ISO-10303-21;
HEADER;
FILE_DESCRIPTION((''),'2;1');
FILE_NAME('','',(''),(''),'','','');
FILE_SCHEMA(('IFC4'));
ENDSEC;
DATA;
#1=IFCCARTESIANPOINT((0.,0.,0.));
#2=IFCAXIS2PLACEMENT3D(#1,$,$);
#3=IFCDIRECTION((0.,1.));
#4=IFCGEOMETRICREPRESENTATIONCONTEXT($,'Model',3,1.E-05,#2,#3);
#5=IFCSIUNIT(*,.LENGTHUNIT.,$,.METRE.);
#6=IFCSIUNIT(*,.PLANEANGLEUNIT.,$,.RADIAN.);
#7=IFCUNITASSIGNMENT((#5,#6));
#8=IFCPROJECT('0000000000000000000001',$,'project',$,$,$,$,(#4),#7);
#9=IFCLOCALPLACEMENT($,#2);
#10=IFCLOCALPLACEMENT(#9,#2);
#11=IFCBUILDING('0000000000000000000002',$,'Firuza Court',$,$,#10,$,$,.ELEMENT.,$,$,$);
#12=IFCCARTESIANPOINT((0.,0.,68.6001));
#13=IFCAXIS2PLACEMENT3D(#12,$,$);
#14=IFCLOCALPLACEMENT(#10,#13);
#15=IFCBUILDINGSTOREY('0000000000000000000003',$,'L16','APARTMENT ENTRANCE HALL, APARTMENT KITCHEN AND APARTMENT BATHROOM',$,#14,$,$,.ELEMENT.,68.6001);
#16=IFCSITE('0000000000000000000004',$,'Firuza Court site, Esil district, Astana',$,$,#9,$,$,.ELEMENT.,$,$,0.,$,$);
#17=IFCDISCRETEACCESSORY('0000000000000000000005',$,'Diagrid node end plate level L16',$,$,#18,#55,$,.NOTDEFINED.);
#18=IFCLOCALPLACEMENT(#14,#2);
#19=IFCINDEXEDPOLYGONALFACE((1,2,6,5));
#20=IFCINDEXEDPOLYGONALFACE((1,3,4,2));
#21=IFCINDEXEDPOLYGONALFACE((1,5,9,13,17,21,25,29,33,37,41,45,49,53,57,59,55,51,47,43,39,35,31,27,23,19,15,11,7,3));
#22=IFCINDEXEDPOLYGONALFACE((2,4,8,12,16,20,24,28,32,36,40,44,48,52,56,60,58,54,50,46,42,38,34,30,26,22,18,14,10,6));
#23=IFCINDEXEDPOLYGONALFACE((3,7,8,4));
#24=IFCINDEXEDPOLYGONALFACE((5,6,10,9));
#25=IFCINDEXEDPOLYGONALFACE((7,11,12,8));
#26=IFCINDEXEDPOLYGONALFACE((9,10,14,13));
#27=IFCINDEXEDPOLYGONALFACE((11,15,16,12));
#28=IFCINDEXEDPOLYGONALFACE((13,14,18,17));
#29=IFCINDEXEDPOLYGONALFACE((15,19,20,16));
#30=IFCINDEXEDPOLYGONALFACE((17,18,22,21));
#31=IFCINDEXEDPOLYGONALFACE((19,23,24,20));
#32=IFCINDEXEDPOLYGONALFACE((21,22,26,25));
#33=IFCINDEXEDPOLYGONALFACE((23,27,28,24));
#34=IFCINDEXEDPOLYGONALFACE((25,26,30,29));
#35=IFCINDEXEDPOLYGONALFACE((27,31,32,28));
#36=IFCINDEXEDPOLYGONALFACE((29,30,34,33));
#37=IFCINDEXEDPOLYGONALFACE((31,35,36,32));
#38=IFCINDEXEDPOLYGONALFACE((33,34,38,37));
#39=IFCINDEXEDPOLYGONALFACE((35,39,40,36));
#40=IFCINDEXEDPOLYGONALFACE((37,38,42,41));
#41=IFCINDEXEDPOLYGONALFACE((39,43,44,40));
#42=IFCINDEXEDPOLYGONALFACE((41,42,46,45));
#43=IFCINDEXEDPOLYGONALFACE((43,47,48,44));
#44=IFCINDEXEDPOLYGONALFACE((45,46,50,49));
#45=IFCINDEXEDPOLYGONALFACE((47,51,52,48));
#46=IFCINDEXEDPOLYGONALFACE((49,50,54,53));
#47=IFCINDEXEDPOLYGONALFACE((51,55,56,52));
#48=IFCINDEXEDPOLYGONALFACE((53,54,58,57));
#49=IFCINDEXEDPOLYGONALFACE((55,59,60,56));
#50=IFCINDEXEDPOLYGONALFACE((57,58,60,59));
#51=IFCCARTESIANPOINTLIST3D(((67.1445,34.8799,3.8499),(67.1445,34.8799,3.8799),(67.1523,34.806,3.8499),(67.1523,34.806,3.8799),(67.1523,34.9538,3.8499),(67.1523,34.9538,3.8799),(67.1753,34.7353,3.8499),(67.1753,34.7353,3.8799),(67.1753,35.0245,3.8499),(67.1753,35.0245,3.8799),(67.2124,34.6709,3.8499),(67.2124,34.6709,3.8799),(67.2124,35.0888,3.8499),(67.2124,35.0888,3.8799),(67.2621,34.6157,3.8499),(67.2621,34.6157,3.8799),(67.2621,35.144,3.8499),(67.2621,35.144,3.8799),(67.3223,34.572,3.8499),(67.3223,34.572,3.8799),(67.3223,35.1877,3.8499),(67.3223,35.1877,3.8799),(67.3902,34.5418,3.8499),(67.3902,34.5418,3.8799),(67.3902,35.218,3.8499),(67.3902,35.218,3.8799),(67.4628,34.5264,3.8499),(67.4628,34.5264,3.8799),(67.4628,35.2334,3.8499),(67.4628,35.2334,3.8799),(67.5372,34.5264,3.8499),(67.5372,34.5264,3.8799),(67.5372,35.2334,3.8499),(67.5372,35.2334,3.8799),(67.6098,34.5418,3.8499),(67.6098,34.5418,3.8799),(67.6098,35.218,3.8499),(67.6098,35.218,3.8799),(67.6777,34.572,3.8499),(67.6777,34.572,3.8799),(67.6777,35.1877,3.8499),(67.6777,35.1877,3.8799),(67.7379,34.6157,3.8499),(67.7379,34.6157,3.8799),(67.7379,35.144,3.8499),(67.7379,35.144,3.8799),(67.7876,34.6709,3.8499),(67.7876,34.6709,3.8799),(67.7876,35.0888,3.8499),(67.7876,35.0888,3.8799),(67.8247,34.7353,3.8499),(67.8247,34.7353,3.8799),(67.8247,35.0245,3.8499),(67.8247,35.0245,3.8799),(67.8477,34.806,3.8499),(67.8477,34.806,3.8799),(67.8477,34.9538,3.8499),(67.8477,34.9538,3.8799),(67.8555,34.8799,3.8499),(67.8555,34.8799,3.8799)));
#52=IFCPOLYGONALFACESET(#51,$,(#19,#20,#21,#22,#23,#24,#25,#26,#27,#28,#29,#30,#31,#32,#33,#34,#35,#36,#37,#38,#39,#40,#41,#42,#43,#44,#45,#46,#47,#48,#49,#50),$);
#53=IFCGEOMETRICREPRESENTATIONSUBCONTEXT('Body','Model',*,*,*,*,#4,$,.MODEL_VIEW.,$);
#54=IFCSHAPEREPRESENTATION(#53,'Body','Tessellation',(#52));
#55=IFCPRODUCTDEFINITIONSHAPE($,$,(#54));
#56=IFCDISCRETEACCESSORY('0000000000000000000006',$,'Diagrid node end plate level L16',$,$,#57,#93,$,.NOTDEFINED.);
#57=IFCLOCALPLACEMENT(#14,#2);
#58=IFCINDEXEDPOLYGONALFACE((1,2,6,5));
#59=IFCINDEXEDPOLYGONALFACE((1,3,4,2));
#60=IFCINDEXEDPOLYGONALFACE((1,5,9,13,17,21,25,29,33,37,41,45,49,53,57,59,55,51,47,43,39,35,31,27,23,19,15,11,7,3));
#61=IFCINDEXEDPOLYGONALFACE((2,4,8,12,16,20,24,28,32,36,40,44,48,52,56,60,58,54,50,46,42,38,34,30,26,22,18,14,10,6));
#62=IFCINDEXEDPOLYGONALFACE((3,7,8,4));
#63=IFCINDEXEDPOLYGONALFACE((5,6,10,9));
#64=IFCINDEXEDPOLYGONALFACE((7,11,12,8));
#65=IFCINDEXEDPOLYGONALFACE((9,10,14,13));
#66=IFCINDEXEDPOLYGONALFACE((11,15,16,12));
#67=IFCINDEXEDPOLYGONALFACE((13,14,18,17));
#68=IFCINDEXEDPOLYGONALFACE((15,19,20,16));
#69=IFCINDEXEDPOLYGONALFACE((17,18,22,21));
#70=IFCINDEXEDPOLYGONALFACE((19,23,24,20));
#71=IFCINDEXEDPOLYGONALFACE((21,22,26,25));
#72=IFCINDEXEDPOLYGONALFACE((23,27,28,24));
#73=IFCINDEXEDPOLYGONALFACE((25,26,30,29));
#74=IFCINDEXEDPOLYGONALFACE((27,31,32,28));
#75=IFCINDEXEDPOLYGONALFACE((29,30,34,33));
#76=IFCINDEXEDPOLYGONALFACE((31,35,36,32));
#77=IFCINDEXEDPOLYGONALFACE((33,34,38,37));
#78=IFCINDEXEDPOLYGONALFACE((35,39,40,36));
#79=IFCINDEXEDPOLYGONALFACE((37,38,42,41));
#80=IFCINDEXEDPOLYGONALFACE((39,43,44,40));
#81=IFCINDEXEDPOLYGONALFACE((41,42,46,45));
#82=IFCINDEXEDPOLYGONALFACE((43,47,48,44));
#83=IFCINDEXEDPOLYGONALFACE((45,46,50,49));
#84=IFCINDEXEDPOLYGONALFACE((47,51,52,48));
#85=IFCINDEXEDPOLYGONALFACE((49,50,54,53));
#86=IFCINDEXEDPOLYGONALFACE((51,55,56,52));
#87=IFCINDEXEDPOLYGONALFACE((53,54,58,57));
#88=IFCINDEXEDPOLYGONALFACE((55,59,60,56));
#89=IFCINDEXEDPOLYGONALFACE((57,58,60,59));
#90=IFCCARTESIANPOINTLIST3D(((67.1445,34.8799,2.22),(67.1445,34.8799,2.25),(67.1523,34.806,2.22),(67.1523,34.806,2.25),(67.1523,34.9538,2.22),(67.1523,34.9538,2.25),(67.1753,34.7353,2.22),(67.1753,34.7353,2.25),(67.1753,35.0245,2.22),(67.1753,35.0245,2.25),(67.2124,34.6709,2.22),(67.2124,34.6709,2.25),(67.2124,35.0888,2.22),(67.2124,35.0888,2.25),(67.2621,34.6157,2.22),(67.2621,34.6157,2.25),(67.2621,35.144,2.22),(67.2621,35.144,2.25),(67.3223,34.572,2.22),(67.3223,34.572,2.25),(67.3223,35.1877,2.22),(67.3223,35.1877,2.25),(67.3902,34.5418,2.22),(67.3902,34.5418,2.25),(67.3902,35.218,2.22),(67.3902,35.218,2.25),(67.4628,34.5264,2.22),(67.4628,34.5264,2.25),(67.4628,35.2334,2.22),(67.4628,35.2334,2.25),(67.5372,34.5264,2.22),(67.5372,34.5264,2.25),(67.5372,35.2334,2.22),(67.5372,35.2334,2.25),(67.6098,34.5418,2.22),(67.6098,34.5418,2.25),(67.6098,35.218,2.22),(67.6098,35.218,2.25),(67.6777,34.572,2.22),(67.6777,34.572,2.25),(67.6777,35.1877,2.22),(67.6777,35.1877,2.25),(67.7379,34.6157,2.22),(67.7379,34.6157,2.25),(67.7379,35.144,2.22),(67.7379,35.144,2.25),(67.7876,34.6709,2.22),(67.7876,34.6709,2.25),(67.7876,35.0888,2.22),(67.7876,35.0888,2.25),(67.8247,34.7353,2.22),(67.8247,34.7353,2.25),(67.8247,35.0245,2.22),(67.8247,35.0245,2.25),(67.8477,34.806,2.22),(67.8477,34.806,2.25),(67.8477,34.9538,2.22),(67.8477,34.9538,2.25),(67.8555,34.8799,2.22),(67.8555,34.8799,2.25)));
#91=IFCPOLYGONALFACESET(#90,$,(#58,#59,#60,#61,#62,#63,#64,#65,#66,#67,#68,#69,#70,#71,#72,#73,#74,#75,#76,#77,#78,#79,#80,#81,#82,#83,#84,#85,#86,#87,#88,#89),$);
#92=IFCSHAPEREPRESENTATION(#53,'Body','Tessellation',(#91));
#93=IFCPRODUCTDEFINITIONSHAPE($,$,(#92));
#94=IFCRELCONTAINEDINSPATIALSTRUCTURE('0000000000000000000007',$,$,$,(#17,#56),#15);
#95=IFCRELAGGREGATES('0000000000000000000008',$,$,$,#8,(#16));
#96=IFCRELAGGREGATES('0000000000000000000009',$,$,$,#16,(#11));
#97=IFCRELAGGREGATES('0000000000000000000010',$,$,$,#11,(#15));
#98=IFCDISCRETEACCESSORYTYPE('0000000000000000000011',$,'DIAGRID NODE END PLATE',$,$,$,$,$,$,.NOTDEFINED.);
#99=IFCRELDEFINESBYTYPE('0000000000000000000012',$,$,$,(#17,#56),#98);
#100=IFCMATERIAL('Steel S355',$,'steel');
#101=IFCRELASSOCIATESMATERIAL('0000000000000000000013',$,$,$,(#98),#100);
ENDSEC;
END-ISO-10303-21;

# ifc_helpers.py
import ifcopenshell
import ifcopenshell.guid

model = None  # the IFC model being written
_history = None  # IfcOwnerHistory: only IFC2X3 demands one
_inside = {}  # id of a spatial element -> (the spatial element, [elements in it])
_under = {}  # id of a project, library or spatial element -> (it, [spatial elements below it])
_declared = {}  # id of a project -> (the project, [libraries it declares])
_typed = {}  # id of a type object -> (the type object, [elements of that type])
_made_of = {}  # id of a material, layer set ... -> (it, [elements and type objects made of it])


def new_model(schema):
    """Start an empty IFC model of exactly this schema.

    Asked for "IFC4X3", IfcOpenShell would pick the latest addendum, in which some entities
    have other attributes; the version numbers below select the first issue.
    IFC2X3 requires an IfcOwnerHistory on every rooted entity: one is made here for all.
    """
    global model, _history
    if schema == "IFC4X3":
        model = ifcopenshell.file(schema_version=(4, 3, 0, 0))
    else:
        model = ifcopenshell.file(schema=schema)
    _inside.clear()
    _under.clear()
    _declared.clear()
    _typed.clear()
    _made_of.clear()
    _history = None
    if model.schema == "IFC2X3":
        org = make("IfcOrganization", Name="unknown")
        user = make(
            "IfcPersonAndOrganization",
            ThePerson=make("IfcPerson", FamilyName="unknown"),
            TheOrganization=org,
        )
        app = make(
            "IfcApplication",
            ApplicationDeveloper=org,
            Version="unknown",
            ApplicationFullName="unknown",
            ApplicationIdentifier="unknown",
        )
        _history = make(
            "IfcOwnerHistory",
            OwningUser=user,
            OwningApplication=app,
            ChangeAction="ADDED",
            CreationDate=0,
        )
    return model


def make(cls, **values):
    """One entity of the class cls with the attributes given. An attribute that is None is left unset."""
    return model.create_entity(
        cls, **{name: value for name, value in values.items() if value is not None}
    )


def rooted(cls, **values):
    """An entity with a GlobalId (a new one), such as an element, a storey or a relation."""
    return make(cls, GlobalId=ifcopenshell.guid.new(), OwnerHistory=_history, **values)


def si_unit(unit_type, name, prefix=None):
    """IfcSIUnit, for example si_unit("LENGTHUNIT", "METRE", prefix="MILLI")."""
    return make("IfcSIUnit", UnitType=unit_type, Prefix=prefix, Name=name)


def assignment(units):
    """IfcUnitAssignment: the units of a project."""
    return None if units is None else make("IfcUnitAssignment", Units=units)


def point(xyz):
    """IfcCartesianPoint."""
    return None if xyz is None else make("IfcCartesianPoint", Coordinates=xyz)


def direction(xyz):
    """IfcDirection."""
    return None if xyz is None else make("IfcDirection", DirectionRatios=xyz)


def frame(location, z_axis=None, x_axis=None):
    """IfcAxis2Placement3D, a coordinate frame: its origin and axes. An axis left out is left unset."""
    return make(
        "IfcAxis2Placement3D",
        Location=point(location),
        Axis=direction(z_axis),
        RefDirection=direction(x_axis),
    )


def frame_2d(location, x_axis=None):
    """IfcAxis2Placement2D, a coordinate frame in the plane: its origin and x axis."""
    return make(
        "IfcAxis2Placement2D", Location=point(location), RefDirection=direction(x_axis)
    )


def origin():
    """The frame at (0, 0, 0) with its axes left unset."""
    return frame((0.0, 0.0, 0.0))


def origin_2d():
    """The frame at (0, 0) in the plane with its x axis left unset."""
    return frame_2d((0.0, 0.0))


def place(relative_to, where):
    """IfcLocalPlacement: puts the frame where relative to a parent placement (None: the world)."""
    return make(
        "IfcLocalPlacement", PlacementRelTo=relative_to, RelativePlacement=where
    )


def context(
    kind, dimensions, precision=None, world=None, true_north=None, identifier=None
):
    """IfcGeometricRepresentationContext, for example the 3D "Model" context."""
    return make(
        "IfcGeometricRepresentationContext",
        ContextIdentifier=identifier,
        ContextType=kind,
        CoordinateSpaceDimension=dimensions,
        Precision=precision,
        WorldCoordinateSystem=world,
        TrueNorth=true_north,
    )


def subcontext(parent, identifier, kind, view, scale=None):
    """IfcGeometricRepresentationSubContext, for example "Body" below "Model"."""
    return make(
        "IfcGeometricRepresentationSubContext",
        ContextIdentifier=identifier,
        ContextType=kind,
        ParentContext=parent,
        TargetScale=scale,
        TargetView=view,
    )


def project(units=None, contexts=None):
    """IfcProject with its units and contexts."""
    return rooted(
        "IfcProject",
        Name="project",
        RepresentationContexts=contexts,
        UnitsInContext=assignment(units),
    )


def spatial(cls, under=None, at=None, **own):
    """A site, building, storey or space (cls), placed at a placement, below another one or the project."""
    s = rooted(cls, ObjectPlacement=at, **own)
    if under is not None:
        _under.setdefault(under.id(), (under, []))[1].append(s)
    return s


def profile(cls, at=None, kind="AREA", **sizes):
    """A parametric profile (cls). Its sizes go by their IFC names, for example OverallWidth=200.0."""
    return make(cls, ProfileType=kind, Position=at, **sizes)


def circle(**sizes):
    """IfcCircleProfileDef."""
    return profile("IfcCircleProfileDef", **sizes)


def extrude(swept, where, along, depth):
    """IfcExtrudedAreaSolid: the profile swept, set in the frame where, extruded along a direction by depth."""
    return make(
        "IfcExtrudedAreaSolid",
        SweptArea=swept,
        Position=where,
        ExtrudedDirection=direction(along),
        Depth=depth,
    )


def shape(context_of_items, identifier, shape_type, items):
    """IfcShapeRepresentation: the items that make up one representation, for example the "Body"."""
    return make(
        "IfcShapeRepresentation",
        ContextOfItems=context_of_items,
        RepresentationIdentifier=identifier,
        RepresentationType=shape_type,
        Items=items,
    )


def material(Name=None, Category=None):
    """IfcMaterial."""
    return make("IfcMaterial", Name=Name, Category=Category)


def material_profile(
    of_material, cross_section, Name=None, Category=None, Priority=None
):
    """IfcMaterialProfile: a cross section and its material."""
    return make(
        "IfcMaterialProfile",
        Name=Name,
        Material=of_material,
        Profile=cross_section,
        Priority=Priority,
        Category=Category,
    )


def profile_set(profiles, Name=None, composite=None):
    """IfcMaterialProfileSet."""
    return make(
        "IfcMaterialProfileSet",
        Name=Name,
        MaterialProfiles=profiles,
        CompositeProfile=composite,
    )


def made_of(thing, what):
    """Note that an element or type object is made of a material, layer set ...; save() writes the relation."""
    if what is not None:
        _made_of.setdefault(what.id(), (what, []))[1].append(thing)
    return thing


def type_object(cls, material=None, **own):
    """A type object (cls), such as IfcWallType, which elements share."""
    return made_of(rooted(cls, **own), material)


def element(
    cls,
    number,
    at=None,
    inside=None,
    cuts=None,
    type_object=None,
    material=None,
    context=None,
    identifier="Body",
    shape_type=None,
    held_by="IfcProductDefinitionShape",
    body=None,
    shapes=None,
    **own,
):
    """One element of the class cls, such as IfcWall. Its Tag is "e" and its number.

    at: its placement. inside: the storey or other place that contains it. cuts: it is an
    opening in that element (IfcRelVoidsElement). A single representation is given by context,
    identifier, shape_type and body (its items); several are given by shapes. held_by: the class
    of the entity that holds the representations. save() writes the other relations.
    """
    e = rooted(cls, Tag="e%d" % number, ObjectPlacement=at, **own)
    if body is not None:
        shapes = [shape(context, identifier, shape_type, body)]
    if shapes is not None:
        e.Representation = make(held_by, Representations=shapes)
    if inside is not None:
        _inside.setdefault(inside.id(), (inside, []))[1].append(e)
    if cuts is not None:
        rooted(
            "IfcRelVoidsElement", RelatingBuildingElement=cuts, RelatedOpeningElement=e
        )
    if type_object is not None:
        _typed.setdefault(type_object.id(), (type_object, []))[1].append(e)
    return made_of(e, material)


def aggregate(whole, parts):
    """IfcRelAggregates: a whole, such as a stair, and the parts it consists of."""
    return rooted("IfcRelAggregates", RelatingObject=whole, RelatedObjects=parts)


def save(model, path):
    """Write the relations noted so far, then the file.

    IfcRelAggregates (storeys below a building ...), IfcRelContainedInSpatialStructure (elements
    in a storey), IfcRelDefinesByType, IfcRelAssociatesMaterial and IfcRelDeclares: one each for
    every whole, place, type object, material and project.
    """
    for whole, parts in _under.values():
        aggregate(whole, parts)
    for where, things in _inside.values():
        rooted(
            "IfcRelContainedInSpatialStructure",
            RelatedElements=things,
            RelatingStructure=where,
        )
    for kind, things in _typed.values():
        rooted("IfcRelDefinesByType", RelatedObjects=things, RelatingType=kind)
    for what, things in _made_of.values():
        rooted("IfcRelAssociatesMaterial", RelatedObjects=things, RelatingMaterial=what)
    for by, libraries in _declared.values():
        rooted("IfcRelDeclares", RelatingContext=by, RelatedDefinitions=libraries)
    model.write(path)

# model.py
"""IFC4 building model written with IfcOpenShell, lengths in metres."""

from ifc_helpers import new_model, si_unit, direction, frame, origin, origin_2d, place, context, subcontext, project, spatial, circle, extrude, material, material_profile, profile_set, type_object, element, save


model = new_model("IFC4")

# Units and contexts
model_context = context("Model", 3, precision=1e-05, world=origin(), true_north=direction((0.0, 1.0)))
body_context = subcontext(model_context, "Body", "Model", "MODEL_VIEW")
ifc_project = project(units=[si_unit("LENGTHUNIT", "METRE"), si_unit("PLANEANGLEUNIT", "RADIAN")], contexts=[model_context])

# Site, building, storey
site_placement = place(None, origin())
site = spatial("IfcSite", under=ifc_project, at=site_placement, Name="Firuza Court site, Esil district, Astana", CompositionType="ELEMENT", RefElevation=0.0)
building_placement = place(site_placement, origin())
building = spatial("IfcBuilding", under=site, at=building_placement, Name="Firuza Court", CompositionType="ELEMENT")
storey_placement = place(building_placement, frame((0.0, 0.0, 68.6001)))
storey = spatial("IfcBuildingStorey", under=building, at=storey_placement, Name="L16", Description="APARTMENT ENTRANCE HALL, APARTMENT KITCHEN AND APARTMENT BATHROOM", CompositionType="ELEMENT", Elevation=68.6001)

# Discrete accessories
ifc_material_1 = material(Name="Steel S355", Category="steel")
ifc_material_profile_1 = material_profile(ifc_material_1, circle(Radius=0.3555, at=origin_2d()), Name="PL D711")
ifc_profile_set_1 = profile_set([ifc_material_profile_1], Name="Steel S355")
discrete_accessory_type = type_object("IfcDiscreteAccessoryType", Name="DIAGRID NODE END PLATE", PredefinedType="NOTDEFINED", material=ifc_profile_set_1)
for number, where, z_axis, x_axis, name in (
    (1, (67.5, 34.8799, 3.8499), (0.0, 0.0, 1.0), (1.0, 0.0, 0.0), "Diagrid node end plate level L16"),
    (2, (67.5, 34.8799, 2.22), (0.0, 0.0, 1.0), (1.0, 0.0, 0.0), "Diagrid node end plate level L16"),
):
    element("IfcDiscreteAccessory", number, at=place(storey_placement, frame(where, z_axis=z_axis, x_axis=x_axis)), inside=storey, type_object=discrete_accessory_type, Name=name, PredefinedType="NOTDEFINED", context=body_context, shape_type="SweptSolid", body=[
        extrude(circle(Radius=0.3555, at=origin_2d()), origin(), (0.0, 0.0, 1.0), 0.03),
    ])

save(model, "model.ifc")
